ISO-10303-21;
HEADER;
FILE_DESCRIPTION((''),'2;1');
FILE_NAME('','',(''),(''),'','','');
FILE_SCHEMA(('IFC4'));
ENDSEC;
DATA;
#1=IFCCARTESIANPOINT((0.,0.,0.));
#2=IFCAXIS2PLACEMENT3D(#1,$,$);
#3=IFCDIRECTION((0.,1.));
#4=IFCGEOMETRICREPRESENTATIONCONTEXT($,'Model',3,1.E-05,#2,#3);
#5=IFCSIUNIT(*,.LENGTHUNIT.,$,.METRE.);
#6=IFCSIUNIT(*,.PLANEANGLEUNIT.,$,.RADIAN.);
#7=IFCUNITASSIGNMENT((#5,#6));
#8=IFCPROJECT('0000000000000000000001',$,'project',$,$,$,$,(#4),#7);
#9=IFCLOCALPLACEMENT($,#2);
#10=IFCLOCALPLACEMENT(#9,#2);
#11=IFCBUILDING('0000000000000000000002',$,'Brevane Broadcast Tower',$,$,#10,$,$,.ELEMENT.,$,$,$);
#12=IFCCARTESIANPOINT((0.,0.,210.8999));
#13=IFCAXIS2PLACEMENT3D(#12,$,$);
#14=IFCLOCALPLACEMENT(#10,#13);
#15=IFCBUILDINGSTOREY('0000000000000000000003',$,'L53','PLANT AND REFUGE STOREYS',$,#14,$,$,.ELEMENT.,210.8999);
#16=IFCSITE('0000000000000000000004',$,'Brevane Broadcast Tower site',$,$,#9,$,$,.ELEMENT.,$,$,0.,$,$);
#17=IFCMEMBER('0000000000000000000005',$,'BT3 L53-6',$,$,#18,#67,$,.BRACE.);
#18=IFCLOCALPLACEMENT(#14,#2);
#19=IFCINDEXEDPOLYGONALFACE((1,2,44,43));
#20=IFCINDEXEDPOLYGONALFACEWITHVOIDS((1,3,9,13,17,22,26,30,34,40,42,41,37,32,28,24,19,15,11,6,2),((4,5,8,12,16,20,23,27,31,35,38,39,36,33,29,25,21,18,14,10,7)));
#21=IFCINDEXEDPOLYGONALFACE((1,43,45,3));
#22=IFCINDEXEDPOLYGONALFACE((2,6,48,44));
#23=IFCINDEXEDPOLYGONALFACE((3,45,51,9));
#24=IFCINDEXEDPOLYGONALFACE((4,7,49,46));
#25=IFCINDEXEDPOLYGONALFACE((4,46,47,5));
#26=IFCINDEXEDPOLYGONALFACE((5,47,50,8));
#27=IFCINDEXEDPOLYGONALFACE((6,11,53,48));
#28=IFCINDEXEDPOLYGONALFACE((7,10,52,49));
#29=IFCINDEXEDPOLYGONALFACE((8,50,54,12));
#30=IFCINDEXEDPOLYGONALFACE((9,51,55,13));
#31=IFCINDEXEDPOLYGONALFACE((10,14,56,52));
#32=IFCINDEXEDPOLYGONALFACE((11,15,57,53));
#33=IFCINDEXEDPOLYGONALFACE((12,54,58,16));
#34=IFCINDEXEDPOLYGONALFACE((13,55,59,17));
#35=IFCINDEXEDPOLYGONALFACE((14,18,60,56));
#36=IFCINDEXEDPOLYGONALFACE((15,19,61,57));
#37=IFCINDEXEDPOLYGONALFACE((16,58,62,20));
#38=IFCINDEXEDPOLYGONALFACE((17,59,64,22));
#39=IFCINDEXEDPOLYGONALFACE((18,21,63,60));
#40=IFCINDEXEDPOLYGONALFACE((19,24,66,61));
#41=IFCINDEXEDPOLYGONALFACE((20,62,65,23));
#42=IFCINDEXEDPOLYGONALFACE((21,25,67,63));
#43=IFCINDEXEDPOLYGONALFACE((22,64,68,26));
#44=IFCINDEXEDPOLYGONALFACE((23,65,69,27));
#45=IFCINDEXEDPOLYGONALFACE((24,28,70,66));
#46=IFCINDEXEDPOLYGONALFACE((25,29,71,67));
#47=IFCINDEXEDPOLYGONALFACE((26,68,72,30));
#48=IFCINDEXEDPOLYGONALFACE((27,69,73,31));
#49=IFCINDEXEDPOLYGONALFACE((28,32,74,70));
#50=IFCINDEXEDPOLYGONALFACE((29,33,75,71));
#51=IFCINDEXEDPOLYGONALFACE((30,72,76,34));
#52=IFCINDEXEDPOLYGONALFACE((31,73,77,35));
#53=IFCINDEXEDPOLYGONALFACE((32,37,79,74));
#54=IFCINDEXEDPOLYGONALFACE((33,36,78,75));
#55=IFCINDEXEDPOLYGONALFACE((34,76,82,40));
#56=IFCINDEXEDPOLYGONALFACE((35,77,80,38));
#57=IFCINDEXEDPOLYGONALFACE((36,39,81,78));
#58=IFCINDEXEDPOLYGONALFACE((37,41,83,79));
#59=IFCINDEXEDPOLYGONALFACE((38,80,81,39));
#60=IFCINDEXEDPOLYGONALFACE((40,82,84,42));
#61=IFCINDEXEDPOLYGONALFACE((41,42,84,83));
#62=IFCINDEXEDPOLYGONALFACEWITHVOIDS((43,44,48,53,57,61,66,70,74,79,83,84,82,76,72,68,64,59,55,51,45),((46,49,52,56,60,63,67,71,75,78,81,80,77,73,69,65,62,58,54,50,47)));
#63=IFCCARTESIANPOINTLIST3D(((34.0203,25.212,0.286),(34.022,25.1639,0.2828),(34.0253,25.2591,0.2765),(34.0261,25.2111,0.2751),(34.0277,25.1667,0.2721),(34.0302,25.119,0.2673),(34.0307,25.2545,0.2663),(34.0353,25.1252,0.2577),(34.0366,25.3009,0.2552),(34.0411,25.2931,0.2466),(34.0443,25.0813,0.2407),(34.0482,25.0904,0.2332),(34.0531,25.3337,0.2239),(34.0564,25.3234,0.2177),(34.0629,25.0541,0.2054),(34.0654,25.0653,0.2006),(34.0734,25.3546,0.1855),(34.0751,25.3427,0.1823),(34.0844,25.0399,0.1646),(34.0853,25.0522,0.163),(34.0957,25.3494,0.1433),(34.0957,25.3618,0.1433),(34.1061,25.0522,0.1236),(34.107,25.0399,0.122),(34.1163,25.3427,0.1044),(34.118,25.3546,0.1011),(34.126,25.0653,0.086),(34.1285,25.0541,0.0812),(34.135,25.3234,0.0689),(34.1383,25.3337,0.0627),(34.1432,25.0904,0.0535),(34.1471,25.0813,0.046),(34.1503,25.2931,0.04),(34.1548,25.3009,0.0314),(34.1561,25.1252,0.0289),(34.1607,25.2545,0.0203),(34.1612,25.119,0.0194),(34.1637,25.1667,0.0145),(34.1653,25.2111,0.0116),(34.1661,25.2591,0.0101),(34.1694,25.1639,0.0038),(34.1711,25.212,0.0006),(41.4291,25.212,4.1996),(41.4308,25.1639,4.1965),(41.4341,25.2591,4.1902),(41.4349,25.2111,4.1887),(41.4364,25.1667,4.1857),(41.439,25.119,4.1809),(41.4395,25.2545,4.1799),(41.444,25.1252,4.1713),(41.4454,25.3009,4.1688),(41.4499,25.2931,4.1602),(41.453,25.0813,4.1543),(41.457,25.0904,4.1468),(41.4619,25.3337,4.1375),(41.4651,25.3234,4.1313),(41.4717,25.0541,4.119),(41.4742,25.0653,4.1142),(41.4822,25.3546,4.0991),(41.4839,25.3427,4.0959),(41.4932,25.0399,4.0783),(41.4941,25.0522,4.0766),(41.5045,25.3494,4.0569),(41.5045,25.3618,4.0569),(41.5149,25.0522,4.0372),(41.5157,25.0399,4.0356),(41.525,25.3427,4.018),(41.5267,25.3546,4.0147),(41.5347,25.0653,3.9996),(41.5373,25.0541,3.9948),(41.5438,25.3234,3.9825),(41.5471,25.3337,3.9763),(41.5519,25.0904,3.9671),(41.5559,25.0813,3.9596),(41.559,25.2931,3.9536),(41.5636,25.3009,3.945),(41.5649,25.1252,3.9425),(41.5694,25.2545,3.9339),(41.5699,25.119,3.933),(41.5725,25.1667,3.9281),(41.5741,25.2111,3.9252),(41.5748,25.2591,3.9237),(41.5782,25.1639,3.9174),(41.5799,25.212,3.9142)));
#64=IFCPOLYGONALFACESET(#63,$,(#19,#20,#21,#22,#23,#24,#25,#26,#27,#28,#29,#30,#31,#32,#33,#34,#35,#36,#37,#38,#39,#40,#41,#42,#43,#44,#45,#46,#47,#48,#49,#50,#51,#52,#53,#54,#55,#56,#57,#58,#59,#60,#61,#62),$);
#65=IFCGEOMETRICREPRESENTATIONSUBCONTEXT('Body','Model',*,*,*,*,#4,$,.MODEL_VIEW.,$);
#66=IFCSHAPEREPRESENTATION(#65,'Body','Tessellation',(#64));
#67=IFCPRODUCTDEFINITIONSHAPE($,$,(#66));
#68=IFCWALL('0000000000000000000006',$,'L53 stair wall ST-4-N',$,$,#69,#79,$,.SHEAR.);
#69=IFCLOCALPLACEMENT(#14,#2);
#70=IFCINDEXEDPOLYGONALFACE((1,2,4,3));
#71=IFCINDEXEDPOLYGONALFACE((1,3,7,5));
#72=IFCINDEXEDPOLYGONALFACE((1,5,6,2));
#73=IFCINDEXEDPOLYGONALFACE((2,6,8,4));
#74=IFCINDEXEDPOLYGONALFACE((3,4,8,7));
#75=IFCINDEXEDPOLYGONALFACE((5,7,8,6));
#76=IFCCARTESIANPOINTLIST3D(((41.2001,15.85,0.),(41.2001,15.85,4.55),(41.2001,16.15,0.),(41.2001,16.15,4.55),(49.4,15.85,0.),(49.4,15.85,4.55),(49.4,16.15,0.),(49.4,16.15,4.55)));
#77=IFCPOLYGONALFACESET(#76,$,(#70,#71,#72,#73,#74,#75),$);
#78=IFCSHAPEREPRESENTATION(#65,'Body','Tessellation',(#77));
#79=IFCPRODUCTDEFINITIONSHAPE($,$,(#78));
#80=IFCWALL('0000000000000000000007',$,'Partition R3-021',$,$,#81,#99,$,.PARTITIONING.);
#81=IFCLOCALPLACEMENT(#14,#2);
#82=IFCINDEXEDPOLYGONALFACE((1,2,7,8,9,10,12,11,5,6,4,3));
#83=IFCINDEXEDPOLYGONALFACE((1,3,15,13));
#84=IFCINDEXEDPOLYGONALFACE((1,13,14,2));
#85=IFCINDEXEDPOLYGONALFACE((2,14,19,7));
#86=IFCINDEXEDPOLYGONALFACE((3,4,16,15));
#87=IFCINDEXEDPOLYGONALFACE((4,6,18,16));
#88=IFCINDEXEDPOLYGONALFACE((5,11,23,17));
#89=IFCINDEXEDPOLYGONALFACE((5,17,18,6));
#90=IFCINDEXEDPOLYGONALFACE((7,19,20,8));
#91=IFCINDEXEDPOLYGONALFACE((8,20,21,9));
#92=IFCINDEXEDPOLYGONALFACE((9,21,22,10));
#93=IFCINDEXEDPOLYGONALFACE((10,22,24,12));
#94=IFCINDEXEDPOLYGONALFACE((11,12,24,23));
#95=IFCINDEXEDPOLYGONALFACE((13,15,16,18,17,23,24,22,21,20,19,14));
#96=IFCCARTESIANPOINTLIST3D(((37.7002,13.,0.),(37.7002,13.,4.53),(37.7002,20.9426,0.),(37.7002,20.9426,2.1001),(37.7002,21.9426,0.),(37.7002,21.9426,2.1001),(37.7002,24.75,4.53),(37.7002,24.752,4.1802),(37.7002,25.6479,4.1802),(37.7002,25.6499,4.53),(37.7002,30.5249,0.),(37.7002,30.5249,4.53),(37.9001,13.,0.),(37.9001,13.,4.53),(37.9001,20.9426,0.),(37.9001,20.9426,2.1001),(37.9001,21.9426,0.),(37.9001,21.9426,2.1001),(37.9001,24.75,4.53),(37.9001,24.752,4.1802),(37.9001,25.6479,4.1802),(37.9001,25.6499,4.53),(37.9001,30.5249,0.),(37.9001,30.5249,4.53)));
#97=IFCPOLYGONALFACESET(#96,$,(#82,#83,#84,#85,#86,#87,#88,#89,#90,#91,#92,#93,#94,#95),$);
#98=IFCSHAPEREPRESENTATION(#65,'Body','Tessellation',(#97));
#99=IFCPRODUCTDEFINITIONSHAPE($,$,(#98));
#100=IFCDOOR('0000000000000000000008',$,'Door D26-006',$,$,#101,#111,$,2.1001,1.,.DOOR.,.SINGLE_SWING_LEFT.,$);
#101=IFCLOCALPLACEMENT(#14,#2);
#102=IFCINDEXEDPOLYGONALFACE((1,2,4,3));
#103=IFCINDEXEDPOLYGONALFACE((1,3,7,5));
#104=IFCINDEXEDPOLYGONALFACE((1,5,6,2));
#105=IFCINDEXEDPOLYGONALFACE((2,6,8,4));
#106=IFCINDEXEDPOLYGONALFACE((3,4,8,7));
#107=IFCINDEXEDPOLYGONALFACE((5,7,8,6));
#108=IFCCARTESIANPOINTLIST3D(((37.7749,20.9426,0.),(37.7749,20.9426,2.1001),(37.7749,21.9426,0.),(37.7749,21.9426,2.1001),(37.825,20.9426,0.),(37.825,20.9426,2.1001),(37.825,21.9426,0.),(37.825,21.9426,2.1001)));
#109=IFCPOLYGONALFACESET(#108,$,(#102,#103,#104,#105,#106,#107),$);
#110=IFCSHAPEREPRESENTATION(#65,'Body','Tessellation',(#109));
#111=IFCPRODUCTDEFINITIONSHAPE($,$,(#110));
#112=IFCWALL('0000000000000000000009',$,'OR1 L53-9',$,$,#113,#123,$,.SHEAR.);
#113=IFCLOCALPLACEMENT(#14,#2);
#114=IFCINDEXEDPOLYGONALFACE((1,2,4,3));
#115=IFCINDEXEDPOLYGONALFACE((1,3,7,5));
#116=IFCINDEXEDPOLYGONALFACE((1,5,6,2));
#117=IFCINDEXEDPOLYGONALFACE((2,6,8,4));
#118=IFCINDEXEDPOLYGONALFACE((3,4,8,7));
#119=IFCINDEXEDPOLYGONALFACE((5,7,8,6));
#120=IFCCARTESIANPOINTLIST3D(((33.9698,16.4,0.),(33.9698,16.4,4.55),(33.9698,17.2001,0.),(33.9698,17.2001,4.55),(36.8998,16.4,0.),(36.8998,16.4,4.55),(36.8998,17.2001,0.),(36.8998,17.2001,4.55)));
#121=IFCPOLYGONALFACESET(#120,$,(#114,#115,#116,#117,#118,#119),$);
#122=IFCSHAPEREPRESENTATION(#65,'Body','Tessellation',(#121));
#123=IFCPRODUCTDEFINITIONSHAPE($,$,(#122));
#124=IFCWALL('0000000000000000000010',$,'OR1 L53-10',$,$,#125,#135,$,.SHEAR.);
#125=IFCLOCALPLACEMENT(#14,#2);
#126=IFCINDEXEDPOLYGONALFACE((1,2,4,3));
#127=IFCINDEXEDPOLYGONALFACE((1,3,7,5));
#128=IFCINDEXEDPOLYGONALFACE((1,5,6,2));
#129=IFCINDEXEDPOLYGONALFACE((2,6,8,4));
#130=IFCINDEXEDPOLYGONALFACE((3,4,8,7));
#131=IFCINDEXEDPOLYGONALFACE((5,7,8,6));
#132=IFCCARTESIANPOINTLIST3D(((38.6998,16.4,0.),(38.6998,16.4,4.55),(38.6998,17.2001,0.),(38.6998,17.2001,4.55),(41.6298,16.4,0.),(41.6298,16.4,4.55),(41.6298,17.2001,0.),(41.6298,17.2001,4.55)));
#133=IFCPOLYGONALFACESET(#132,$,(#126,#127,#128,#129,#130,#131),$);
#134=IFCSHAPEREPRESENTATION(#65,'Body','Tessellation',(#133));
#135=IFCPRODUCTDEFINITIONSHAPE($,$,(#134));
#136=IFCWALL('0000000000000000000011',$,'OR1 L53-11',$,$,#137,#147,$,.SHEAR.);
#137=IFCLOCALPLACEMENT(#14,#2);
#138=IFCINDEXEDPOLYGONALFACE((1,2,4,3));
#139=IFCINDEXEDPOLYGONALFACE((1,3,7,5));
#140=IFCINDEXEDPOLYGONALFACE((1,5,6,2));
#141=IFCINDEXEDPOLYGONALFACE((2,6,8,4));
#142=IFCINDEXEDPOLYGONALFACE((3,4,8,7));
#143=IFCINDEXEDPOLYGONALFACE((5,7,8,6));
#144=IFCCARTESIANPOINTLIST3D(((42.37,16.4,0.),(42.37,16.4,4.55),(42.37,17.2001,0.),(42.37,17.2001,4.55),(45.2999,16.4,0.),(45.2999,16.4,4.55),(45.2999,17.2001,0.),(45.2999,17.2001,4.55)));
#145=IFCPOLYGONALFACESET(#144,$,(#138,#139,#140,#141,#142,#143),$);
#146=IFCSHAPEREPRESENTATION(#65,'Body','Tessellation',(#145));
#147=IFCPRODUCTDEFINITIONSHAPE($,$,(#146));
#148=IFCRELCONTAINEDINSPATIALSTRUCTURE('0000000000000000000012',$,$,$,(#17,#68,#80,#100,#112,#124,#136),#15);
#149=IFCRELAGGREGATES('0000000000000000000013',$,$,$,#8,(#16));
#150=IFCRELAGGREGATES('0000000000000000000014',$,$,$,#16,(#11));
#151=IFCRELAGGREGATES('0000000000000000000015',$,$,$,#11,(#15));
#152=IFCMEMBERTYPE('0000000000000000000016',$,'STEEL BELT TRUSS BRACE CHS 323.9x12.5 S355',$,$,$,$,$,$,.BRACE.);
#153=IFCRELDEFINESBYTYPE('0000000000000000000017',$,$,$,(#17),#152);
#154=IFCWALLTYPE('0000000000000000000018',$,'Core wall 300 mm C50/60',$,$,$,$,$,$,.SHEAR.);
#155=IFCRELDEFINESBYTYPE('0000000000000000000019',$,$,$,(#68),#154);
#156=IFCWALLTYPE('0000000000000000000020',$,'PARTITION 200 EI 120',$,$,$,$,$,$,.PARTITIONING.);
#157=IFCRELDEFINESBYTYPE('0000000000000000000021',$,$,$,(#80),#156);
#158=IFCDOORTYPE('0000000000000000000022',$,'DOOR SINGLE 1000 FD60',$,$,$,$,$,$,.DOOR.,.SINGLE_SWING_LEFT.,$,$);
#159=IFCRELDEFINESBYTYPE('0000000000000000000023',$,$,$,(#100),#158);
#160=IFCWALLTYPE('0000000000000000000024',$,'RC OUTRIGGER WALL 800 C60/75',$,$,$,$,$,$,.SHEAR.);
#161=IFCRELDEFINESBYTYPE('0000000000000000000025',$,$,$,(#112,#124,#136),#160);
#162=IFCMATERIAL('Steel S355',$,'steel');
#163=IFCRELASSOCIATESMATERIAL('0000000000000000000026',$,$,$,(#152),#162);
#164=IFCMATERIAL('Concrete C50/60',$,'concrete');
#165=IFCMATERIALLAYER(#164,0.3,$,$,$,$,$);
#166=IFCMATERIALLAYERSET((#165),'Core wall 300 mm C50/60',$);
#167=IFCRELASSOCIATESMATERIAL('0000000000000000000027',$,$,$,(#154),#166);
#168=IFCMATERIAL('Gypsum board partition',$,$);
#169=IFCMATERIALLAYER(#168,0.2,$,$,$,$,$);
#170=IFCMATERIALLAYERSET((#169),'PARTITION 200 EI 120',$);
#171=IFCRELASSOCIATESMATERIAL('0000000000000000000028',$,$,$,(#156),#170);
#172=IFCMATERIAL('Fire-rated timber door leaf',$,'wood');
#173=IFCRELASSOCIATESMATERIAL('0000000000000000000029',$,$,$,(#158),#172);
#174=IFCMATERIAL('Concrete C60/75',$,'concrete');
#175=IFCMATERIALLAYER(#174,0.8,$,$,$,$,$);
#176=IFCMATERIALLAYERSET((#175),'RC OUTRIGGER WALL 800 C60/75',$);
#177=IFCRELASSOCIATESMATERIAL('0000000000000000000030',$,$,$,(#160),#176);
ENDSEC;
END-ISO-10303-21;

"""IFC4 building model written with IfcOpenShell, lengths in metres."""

from ifc_helpers import new_model, si_unit, direction, frame, frame_2d, origin, origin_2d, place, context, subcontext, project, spatial, polyline, rectangle, hollow_circle, outline, extrude, material, layer, layer_set, material_profile, profile_set, type_object, element, fill, save


model = new_model("IFC4")

# Units and contexts
model_context = context("Model", 3, precision=1e-05, world=origin(), true_north=direction((0.0, 1.0)))
body_context = subcontext(model_context, "Body", "Model", "MODEL_VIEW")
ifc_project = project(units=[si_unit("LENGTHUNIT", "METRE"), si_unit("PLANEANGLEUNIT", "RADIAN")], contexts=[model_context])

# Site, building, storey
site_placement = place(None, origin())
site = spatial("IfcSite", under=ifc_project, at=site_placement, Name="Brevane Broadcast Tower site", CompositionType="ELEMENT", RefElevation=0.0)
building_placement = place(site_placement, origin())
building = spatial("IfcBuilding", under=site, at=building_placement, Name="Brevane Broadcast Tower", CompositionType="ELEMENT")
storey_placement = place(building_placement, frame((0.0, 0.0, 210.8999)))
storey = spatial("IfcBuildingStorey", under=building, at=storey_placement, Name="L53", Description="PLANT AND REFUGE STOREYS", CompositionType="ELEMENT", Elevation=210.8999)

# Shared definitions
ifc_material_1 = material(Name="Concrete C50/60", Category="concrete")

# Member
ifc_material_2 = material(Name="Steel S355", Category="steel")
ifc_material_profile_1 = material_profile(ifc_material_2, hollow_circle(Radius=0.1619, WallThickness=0.0125, at=origin_2d()), Name="CHS 323.9x12.5")
ifc_profile_set_1 = profile_set([ifc_material_profile_1], Name="Steel S355")
member_type_1 = type_object("IfcMemberType", Name="STEEL BELT TRUSS BRACE CHS 323.9x12.5 S355", PredefinedType="BRACE", material=ifc_profile_set_1)
member_1_placement = place(storey_placement, frame((34.0957, 25.2, 0.1433), z_axis=(0.884216, 0.0, 0.467079), x_axis=(0.0, 1.0, 0.0)))
element("IfcMember", 1, at=member_1_placement, inside=storey, type_object=member_type_1, Name="BT3 L53-6", PredefinedType="BRACE", context=body_context, shape_type="SweptSolid", body=[
    extrude(hollow_circle(Radius=0.1619, WallThickness=0.0125, at=origin_2d()), origin(), (0.0, 0.0, 1.0), 8.3789),
])

# Wall
ifc_layer_1 = layer(ifc_material_1, 0.3)
ifc_layer_set_1 = layer_set([ifc_layer_1], Name="Core wall 300 mm C50/60")
wall_type_1 = type_object("IfcWallType", Name="Core wall 300 mm C50/60", PredefinedType="SHEAR", material=ifc_layer_set_1)
wall_1_placement = place(storey_placement, frame((41.2, 16.0, 0.0), z_axis=(0.0, 0.0, 1.0), x_axis=(1.0, 0.0, 0.0)))
element("IfcWall", 2, at=wall_1_placement, inside=storey, type_object=wall_type_1, Name="L53 stair wall ST-4-N", PredefinedType="SHEAR", context=body_context, shape_type="SweptSolid", body=[
    extrude(rectangle(XDim=8.2, YDim=0.3, at=frame_2d((4.1001, 0.0))), origin(), (0.0, 0.0, 1.0), 4.55),
])

# Wall, opening, door
ifc_material_3 = material(Name="Gypsum board partition")
ifc_layer_2 = layer(ifc_material_3, 0.2)
ifc_layer_set_2 = layer_set([ifc_layer_2], Name="PARTITION 200 EI 120")
wall_type_2 = type_object("IfcWallType", Name="PARTITION 200 EI 120", PredefinedType="PARTITIONING", material=ifc_layer_set_2)
wall_2_placement = place(storey_placement, frame((37.8, 30.5249, 0.0), z_axis=(0.0, 0.0, 1.0), x_axis=(0.0, -1.0, 0.0)))
wall_2 = element("IfcWall", 3, at=wall_2_placement, inside=storey, type_object=wall_type_2, Name="Partition R3-021", PredefinedType="PARTITIONING", context=body_context, shape_type="SweptSolid", body=[
    extrude(outline(polyline([(0.0, 0.0), (17.5249, 0.0), (17.5249, 4.53), (5.7749, 4.53), (5.7729, 4.1802), (4.877, 4.1802), (4.875, 4.53), (0.2822, 4.53), (0.0, 4.53), (0.0, 0.0)])), frame((0.0, 0.1001, 0.0), z_axis=(0.0, -1.0, 0.0), x_axis=(1.0, 0.0, 0.0)), (0.0, 0.0, 1.0), 0.2),
])
opening_placement = place(wall_2_placement, frame((8.5823, 0.0, 0.0)))
opening = element("IfcOpeningElement", 4, at=opening_placement, cuts=wall_2, PredefinedType="OPENING", context=body_context, shape_type="SweptSolid", body=[
    extrude(rectangle(XDim=1.0, YDim=2.1001, at=frame_2d((0.5, 1.05))), frame((0.0, 0.1099, 0.0), z_axis=(0.0, -1.0, 0.0), x_axis=(1.0, 0.0, 0.0)), (0.0, 0.0, 1.0), 0.22),
])
ifc_material_4 = material(Name="Fire-rated timber door leaf", Category="wood")
door_type = type_object("IfcDoorType", Name="DOOR SINGLE 1000 FD60", OperationType="SINGLE_SWING_LEFT", PredefinedType="DOOR", material=ifc_material_4)
door_placement = place(opening_placement, origin())
door = element("IfcDoor", 5, at=door_placement, inside=storey, type_object=door_type, Name="Door D26-006", OperationType="SINGLE_SWING_LEFT", OverallHeight=2.1001, OverallWidth=1.0, PredefinedType="DOOR", context=body_context, shape_type="SweptSolid", body=[
    extrude(rectangle(XDim=1.0, YDim=2.1001, at=frame_2d((0.5, 1.05))), frame((0.0, 0.0249, 0.0), z_axis=(0.0, -1.0, 0.0), x_axis=(1.0, 0.0, 0.0)), (0.0, 0.0, 1.0), 0.05),
])
fill(opening, door)

# Walls
ifc_material_5 = material(Name="Concrete C60/75", Category="concrete")
ifc_layer_3 = layer(ifc_material_5, 0.8)
ifc_layer_set_3 = layer_set([ifc_layer_3], Name="RC OUTRIGGER WALL 800 C60/75")
wall_type_3 = type_object("IfcWallType", Name="RC OUTRIGGER WALL 800 C60/75", PredefinedType="SHEAR", material=ifc_layer_set_3)
for number, where, z_axis, x_axis, name in (
    (6, (33.97, 16.8, 0.0), (0.0, 0.0, 1.0), (1.0, 0.0, 0.0), "OR1 L53-9"),
    (7, (38.7, 16.8, 0.0), (0.0, 0.0, 1.0), (1.0, 0.0, 0.0), "OR1 L53-10"),
    (8, (42.3701, 16.8, 0.0), (0.0, 0.0, 1.0), (1.0, 0.0, 0.0), "OR1 L53-11"),
):
    element("IfcWall", number, at=place(storey_placement, frame(where, z_axis=z_axis, x_axis=x_axis)), inside=storey, type_object=wall_type_3, Name=name, PredefinedType="SHEAR", context=body_context, shape_type="SweptSolid", body=[
        extrude(rectangle(XDim=2.9299, YDim=0.8, at=frame_2d((1.4648, 0.0))), origin(), (0.0, 0.0, 1.0), 4.55),
    ])

save(model, "model.ifc")
